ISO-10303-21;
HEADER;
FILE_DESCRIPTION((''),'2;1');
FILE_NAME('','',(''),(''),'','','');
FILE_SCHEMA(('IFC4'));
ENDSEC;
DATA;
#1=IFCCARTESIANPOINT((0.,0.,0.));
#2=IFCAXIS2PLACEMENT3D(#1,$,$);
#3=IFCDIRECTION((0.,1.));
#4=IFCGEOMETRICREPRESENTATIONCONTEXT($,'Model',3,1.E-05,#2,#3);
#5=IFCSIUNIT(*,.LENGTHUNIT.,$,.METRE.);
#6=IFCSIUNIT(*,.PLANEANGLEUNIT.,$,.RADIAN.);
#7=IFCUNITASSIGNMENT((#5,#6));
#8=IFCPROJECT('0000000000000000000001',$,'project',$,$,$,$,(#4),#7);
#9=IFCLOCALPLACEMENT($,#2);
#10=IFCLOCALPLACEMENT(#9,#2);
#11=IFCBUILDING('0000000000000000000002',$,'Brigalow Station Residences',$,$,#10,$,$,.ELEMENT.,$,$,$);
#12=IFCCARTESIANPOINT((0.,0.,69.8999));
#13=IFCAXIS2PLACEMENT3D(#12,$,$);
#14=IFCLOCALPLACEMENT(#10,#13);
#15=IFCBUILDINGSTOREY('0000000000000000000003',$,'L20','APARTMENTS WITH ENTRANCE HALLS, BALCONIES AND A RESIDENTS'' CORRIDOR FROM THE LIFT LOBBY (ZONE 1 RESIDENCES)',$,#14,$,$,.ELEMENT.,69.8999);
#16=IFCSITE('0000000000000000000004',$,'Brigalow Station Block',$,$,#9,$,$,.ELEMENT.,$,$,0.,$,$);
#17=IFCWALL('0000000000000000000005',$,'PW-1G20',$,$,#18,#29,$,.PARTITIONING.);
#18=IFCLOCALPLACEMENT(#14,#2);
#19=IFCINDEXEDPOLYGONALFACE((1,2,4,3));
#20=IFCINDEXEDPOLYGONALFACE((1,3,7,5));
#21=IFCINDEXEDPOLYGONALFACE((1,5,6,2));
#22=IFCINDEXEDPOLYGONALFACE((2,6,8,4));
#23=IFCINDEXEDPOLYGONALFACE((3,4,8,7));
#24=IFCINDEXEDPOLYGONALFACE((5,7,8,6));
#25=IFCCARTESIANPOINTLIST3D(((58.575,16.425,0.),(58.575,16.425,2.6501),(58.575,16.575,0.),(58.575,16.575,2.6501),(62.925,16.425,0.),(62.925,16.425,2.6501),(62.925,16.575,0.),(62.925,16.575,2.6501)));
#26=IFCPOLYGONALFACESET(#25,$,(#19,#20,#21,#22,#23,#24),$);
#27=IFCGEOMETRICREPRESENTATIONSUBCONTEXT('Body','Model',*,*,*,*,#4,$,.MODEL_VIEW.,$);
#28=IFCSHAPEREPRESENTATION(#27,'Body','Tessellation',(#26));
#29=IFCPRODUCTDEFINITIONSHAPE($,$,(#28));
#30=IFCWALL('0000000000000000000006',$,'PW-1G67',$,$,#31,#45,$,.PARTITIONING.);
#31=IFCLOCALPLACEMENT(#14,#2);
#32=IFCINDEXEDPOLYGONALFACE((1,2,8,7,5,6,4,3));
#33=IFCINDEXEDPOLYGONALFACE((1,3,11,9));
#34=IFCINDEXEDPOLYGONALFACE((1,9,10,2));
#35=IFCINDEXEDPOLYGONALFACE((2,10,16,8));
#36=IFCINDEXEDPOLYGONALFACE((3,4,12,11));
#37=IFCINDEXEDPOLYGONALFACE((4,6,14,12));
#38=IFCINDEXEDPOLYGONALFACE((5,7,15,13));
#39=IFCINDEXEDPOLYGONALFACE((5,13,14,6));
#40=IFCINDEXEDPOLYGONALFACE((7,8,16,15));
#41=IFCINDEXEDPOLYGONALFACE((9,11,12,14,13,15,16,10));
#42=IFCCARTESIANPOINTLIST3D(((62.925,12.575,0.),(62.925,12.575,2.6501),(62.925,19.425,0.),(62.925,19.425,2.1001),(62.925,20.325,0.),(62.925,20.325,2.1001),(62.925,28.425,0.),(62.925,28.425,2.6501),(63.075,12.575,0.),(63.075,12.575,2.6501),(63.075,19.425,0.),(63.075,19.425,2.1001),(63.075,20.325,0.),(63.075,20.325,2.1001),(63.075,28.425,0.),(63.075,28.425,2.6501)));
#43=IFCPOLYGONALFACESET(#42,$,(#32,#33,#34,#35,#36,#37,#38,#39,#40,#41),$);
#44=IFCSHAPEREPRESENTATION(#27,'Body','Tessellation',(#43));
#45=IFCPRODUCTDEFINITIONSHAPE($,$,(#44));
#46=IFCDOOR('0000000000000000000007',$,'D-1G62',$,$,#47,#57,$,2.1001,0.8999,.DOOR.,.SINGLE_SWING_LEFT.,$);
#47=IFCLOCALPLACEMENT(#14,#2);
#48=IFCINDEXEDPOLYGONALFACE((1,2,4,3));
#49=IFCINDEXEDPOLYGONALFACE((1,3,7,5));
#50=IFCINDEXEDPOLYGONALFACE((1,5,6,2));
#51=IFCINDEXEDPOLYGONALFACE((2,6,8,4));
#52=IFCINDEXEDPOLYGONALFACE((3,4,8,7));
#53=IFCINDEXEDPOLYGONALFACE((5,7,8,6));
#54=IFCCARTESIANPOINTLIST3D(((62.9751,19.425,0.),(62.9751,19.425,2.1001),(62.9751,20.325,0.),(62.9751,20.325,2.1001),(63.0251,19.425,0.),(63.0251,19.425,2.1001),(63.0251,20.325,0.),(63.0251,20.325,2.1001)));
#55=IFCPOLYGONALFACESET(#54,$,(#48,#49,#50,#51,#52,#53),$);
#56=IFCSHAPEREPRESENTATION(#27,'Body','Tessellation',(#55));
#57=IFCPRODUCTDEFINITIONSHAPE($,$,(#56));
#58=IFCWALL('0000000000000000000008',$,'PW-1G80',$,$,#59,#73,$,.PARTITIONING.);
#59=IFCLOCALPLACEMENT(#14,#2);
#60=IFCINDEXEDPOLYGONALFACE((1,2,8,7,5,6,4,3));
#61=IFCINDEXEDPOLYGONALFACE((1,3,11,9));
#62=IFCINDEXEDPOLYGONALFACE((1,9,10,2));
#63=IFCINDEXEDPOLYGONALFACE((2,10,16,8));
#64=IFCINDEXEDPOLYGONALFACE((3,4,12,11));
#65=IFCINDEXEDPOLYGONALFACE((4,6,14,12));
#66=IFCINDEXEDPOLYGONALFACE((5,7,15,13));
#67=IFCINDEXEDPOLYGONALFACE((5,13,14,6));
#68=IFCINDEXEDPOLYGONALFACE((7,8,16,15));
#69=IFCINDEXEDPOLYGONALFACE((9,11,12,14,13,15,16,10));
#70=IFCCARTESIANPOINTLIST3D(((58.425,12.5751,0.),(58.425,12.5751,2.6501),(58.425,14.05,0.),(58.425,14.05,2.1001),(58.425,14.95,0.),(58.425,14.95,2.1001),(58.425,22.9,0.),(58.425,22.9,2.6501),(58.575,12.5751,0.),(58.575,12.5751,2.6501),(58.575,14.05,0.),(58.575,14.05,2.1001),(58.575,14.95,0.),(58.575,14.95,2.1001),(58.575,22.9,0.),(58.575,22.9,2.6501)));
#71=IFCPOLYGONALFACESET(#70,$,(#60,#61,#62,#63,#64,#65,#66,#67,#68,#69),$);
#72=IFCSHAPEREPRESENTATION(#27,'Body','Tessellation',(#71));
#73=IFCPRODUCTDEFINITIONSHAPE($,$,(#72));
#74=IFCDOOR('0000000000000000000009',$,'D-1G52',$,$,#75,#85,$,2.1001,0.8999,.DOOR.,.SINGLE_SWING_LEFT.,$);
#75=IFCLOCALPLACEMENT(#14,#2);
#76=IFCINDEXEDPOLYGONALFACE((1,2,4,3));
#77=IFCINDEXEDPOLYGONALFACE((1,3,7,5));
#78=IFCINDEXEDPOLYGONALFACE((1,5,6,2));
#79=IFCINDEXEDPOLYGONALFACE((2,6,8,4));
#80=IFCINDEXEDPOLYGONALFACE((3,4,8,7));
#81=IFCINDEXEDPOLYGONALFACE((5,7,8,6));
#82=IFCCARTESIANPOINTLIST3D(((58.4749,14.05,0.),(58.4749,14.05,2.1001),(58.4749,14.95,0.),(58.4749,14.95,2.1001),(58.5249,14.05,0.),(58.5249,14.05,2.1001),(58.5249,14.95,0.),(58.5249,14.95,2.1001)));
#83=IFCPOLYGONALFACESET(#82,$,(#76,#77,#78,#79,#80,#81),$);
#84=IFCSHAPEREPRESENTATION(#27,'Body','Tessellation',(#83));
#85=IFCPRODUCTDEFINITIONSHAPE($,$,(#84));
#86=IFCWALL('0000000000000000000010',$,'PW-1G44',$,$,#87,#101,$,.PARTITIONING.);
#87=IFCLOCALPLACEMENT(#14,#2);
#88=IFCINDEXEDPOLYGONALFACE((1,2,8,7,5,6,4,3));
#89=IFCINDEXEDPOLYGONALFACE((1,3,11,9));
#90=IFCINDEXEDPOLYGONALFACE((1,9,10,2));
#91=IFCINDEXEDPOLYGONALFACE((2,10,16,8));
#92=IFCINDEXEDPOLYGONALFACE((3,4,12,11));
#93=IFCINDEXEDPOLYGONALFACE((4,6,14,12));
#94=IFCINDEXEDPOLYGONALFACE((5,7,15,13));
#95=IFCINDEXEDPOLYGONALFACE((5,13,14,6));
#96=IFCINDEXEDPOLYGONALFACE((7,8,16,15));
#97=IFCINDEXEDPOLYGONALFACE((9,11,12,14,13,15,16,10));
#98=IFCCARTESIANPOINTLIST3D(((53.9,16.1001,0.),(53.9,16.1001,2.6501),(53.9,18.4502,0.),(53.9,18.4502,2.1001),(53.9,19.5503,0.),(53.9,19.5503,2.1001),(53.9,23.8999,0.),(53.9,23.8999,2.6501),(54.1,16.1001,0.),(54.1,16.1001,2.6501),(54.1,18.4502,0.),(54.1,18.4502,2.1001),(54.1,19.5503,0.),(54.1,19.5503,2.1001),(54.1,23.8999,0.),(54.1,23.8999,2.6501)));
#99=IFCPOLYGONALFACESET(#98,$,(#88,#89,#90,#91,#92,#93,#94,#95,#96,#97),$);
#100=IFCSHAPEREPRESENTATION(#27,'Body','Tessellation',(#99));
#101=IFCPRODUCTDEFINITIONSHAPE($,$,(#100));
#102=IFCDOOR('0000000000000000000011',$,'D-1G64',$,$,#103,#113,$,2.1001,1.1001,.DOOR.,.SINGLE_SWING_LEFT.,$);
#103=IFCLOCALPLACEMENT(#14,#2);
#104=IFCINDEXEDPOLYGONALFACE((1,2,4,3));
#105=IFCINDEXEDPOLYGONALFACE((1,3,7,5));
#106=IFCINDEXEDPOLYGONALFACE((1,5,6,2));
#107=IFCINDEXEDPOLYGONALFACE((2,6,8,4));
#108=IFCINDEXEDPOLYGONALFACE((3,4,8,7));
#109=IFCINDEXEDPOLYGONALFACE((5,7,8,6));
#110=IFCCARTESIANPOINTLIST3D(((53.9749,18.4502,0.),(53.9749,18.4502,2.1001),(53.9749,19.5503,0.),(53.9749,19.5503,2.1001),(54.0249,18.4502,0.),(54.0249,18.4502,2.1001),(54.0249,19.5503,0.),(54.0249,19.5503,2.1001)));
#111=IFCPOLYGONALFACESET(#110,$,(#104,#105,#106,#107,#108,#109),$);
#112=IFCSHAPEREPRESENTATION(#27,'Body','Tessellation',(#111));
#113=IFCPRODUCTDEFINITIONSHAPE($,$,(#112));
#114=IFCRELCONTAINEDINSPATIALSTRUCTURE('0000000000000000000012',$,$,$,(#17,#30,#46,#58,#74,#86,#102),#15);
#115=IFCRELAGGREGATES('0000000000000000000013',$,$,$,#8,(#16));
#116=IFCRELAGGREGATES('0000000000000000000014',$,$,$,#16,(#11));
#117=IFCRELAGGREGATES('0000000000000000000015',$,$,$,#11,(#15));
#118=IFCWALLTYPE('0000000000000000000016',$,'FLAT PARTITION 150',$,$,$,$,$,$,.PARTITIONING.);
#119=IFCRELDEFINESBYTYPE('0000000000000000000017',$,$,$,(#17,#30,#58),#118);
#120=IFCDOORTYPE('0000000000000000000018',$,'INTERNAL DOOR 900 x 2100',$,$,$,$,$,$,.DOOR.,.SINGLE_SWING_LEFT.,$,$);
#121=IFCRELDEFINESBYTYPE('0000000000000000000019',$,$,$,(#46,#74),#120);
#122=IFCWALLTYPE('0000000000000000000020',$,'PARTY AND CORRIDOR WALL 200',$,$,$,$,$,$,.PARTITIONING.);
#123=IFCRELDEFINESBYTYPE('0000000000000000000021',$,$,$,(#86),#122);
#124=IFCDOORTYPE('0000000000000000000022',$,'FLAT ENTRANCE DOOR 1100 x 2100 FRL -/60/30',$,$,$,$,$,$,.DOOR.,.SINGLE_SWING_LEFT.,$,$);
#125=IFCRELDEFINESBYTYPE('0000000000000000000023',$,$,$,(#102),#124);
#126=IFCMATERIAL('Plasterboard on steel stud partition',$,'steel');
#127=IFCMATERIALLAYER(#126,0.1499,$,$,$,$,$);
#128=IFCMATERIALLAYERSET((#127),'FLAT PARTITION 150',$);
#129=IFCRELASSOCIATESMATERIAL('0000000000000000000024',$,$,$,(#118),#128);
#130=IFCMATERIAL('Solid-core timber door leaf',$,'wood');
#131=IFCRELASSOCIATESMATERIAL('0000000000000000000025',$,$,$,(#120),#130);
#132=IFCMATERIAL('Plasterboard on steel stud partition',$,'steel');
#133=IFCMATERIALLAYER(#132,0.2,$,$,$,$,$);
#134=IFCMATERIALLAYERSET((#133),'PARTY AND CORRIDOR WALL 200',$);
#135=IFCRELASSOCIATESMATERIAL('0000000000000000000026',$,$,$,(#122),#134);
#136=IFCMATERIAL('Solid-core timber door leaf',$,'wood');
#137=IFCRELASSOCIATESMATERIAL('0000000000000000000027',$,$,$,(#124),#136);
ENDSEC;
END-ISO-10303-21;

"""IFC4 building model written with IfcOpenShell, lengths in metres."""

from ifc_helpers import new_model, si_unit, direction, frame, frame_2d, origin, place, context, subcontext, project, spatial, rectangle, extrude, material, layer, layer_set, type_object, element, fill, save


model = new_model("IFC4")

# Units and contexts
model_context = context("Model", 3, precision=1e-05, world=origin(), true_north=direction((0.0, 1.0)))
body_context = subcontext(model_context, "Body", "Model", "MODEL_VIEW")
ifc_project = project(units=[si_unit("LENGTHUNIT", "METRE"), si_unit("PLANEANGLEUNIT", "RADIAN")], contexts=[model_context])

# Site, building, storey
site_placement = place(None, origin())
site = spatial("IfcSite", under=ifc_project, at=site_placement, Name="Brigalow Station Block", CompositionType="ELEMENT", RefElevation=0.0)
building_placement = place(site_placement, origin())
building = spatial("IfcBuilding", under=site, at=building_placement, Name="Brigalow Station Residences", CompositionType="ELEMENT")
storey_placement = place(building_placement, frame((0.0, 0.0, 69.8999)))
storey = spatial("IfcBuildingStorey", under=building, at=storey_placement, Name="L20", Description="APARTMENTS WITH ENTRANCE HALLS, BALCONIES AND A RESIDENTS' CORRIDOR FROM THE LIFT LOBBY (ZONE 1 RESIDENCES)", CompositionType="ELEMENT", Elevation=69.8999)

# Shared definitions
ifc_material_1 = material(Name="Plasterboard on steel stud partition", Category="steel")
ifc_layer_1 = layer(ifc_material_1, 0.1499)
ifc_layer_set_1 = layer_set([ifc_layer_1], Name="FLAT PARTITION 150")
wall_type_1 = type_object("IfcWallType", Name="FLAT PARTITION 150", PredefinedType="PARTITIONING", material=ifc_layer_set_1)
ifc_material_2 = material(Name="Solid-core timber door leaf", Category="wood")
door_type_1 = type_object("IfcDoorType", Name="INTERNAL DOOR 900 x 2100", OperationType="SINGLE_SWING_LEFT", PredefinedType="DOOR", material=ifc_material_2)

# Wall
wall_1_placement = place(storey_placement, frame((58.575, 16.5, 0.0), z_axis=(0.0, 0.0, 1.0), x_axis=(1.0, 0.0, 0.0)))
element("IfcWall", 1, at=wall_1_placement, inside=storey, type_object=wall_type_1, Name="PW-1G20", PredefinedType="PARTITIONING", context=body_context, shape_type="SweptSolid", body=[
    extrude(rectangle(XDim=4.3501, YDim=0.1499, at=frame_2d((2.175, 0.0))), origin(), (0.0, 0.0, 1.0), 2.6501),
])

# Walls, openings, doors
wall_2_placement = place(storey_placement, frame((63.0, 12.575, 0.0), z_axis=(0.0, 0.0, 1.0), x_axis=(0.0, 1.0, 0.0)))
wall_2 = element("IfcWall", 2, at=wall_2_placement, inside=storey, type_object=wall_type_1, Name="PW-1G67", PredefinedType="PARTITIONING", context=body_context, shape_type="SweptSolid", body=[
    extrude(rectangle(XDim=15.8501, YDim=0.1499, at=frame_2d((7.925, 0.0))), origin(), (0.0, 0.0, 1.0), 2.6501),
])
opening_1_placement = place(wall_2_placement, frame((6.8501, 0.0, 0.0)))
opening_1 = element("IfcOpeningElement", 3, at=opening_1_placement, cuts=wall_2, PredefinedType="OPENING", context=body_context, shape_type="SweptSolid", body=[
    extrude(rectangle(XDim=0.8999, YDim=2.1001, at=frame_2d((0.45, 1.05))), frame((0.0, 0.085, 0.0), z_axis=(0.0, -1.0, 0.0), x_axis=(1.0, 0.0, 0.0)), (0.0, 0.0, 1.0), 0.1699),
])
door_1_placement = place(opening_1_placement, origin())
door_1 = element("IfcDoor", 4, at=door_1_placement, inside=storey, type_object=door_type_1, Name="D-1G62", OperationType="SINGLE_SWING_LEFT", OverallHeight=2.1001, OverallWidth=0.8999, PredefinedType="DOOR", context=body_context, shape_type="SweptSolid", body=[
    extrude(rectangle(XDim=0.8999, YDim=2.1001, at=frame_2d((0.45, 1.05))), frame((0.0, 0.0249, 0.0), z_axis=(0.0, -1.0, 0.0), x_axis=(1.0, 0.0, 0.0)), (0.0, 0.0, 1.0), 0.05),
])
fill(opening_1, door_1)
wall_3_placement = place(storey_placement, frame((58.5, 12.575, 0.0), z_axis=(0.0, 0.0, 1.0), x_axis=(0.0, 1.0, 0.0)))
wall_3 = element("IfcWall", 5, at=wall_3_placement, inside=storey, type_object=wall_type_1, Name="PW-1G80", PredefinedType="PARTITIONING", context=body_context, shape_type="SweptSolid", body=[
    extrude(rectangle(XDim=10.325, YDim=0.1499, at=frame_2d((5.1626, 0.0))), origin(), (0.0, 0.0, 1.0), 2.6501),
])
opening_2_placement = place(wall_3_placement, frame((1.4751, 0.0, 0.0)))
opening_2 = element("IfcOpeningElement", 6, at=opening_2_placement, cuts=wall_3, PredefinedType="OPENING", context=body_context, shape_type="SweptSolid", body=[
    extrude(rectangle(XDim=0.8999, YDim=2.1001, at=frame_2d((0.45, 1.05))), frame((0.0, 0.085, 0.0), z_axis=(0.0, -1.0, 0.0), x_axis=(1.0, 0.0, 0.0)), (0.0, 0.0, 1.0), 0.1699),
])
door_2_placement = place(opening_2_placement, frame((0.8999, 0.0, 0.0), z_axis=(0.0, 0.0, 1.0), x_axis=(-1.0, 0.0, 0.0)))
door_2 = element("IfcDoor", 7, at=door_2_placement, inside=storey, type_object=door_type_1, Name="D-1G52", OperationType="SINGLE_SWING_LEFT", OverallHeight=2.1001, OverallWidth=0.8999, PredefinedType="DOOR", context=body_context, shape_type="SweptSolid", body=[
    extrude(rectangle(XDim=0.8999, YDim=2.1001, at=frame_2d((0.45, 1.05))), frame((0.0, 0.0249, 0.0), z_axis=(0.0, -1.0, 0.0), x_axis=(1.0, 0.0, 0.0)), (0.0, 0.0, 1.0), 0.05),
])
fill(opening_2, door_2)
ifc_material_3 = material(Name="Plasterboard on steel stud partition", Category="steel")
ifc_layer_2 = layer(ifc_material_3, 0.2)
ifc_layer_set_2 = layer_set([ifc_layer_2], Name="PARTY AND CORRIDOR WALL 200")
wall_type_2 = type_object("IfcWallType", Name="PARTY AND CORRIDOR WALL 200", PredefinedType="PARTITIONING", material=ifc_layer_set_2)
wall_4_placement = place(storey_placement, frame((54.0, 16.1001, 0.0), z_axis=(0.0, 0.0, 1.0), x_axis=(0.0, 1.0, 0.0)))
wall_4 = element("IfcWall", 8, at=wall_4_placement, inside=storey, type_object=wall_type_2, Name="PW-1G44", PredefinedType="PARTITIONING", context=body_context, shape_type="SweptSolid", body=[
    extrude(rectangle(XDim=7.7998, YDim=0.2, at=frame_2d((3.8999, 0.0))), origin(), (0.0, 0.0, 1.0), 2.6501),
])
opening_3_placement = place(wall_4_placement, frame((2.3501, 0.0, 0.0)))
opening_3 = element("IfcOpeningElement", 9, at=opening_3_placement, cuts=wall_4, PredefinedType="OPENING", context=body_context, shape_type="SweptSolid", body=[
    extrude(rectangle(XDim=1.1001, YDim=2.1001, at=frame_2d((0.55, 1.05))), frame((0.0, 0.1099, 0.0), z_axis=(0.0, -1.0, 0.0), x_axis=(1.0, 0.0, 0.0)), (0.0, 0.0, 1.0), 0.22),
])
ifc_material_4 = material(Name="Solid-core timber door leaf", Category="wood")
door_type_2 = type_object("IfcDoorType", Name="FLAT ENTRANCE DOOR 1100 x 2100 FRL -/60/30", OperationType="SINGLE_SWING_LEFT", PredefinedType="DOOR", material=ifc_material_4)
door_3_placement = place(opening_3_placement, frame((1.1001, 0.0, 0.0), z_axis=(0.0, 0.0, 1.0), x_axis=(-1.0, 0.0, 0.0)))
door_3 = element("IfcDoor", 10, at=door_3_placement, inside=storey, type_object=door_type_2, Name="D-1G64", OperationType="SINGLE_SWING_LEFT", OverallHeight=2.1001, OverallWidth=1.1001, PredefinedType="DOOR", context=body_context, shape_type="SweptSolid", body=[
    extrude(rectangle(XDim=1.1001, YDim=2.1001, at=frame_2d((0.55, 1.05))), frame((0.0, 0.0249, 0.0), z_axis=(0.0, -1.0, 0.0), x_axis=(1.0, 0.0, 0.0)), (0.0, 0.0, 1.0), 0.05),
])
fill(opening_3, door_3)

save(model, "model.ifc")
